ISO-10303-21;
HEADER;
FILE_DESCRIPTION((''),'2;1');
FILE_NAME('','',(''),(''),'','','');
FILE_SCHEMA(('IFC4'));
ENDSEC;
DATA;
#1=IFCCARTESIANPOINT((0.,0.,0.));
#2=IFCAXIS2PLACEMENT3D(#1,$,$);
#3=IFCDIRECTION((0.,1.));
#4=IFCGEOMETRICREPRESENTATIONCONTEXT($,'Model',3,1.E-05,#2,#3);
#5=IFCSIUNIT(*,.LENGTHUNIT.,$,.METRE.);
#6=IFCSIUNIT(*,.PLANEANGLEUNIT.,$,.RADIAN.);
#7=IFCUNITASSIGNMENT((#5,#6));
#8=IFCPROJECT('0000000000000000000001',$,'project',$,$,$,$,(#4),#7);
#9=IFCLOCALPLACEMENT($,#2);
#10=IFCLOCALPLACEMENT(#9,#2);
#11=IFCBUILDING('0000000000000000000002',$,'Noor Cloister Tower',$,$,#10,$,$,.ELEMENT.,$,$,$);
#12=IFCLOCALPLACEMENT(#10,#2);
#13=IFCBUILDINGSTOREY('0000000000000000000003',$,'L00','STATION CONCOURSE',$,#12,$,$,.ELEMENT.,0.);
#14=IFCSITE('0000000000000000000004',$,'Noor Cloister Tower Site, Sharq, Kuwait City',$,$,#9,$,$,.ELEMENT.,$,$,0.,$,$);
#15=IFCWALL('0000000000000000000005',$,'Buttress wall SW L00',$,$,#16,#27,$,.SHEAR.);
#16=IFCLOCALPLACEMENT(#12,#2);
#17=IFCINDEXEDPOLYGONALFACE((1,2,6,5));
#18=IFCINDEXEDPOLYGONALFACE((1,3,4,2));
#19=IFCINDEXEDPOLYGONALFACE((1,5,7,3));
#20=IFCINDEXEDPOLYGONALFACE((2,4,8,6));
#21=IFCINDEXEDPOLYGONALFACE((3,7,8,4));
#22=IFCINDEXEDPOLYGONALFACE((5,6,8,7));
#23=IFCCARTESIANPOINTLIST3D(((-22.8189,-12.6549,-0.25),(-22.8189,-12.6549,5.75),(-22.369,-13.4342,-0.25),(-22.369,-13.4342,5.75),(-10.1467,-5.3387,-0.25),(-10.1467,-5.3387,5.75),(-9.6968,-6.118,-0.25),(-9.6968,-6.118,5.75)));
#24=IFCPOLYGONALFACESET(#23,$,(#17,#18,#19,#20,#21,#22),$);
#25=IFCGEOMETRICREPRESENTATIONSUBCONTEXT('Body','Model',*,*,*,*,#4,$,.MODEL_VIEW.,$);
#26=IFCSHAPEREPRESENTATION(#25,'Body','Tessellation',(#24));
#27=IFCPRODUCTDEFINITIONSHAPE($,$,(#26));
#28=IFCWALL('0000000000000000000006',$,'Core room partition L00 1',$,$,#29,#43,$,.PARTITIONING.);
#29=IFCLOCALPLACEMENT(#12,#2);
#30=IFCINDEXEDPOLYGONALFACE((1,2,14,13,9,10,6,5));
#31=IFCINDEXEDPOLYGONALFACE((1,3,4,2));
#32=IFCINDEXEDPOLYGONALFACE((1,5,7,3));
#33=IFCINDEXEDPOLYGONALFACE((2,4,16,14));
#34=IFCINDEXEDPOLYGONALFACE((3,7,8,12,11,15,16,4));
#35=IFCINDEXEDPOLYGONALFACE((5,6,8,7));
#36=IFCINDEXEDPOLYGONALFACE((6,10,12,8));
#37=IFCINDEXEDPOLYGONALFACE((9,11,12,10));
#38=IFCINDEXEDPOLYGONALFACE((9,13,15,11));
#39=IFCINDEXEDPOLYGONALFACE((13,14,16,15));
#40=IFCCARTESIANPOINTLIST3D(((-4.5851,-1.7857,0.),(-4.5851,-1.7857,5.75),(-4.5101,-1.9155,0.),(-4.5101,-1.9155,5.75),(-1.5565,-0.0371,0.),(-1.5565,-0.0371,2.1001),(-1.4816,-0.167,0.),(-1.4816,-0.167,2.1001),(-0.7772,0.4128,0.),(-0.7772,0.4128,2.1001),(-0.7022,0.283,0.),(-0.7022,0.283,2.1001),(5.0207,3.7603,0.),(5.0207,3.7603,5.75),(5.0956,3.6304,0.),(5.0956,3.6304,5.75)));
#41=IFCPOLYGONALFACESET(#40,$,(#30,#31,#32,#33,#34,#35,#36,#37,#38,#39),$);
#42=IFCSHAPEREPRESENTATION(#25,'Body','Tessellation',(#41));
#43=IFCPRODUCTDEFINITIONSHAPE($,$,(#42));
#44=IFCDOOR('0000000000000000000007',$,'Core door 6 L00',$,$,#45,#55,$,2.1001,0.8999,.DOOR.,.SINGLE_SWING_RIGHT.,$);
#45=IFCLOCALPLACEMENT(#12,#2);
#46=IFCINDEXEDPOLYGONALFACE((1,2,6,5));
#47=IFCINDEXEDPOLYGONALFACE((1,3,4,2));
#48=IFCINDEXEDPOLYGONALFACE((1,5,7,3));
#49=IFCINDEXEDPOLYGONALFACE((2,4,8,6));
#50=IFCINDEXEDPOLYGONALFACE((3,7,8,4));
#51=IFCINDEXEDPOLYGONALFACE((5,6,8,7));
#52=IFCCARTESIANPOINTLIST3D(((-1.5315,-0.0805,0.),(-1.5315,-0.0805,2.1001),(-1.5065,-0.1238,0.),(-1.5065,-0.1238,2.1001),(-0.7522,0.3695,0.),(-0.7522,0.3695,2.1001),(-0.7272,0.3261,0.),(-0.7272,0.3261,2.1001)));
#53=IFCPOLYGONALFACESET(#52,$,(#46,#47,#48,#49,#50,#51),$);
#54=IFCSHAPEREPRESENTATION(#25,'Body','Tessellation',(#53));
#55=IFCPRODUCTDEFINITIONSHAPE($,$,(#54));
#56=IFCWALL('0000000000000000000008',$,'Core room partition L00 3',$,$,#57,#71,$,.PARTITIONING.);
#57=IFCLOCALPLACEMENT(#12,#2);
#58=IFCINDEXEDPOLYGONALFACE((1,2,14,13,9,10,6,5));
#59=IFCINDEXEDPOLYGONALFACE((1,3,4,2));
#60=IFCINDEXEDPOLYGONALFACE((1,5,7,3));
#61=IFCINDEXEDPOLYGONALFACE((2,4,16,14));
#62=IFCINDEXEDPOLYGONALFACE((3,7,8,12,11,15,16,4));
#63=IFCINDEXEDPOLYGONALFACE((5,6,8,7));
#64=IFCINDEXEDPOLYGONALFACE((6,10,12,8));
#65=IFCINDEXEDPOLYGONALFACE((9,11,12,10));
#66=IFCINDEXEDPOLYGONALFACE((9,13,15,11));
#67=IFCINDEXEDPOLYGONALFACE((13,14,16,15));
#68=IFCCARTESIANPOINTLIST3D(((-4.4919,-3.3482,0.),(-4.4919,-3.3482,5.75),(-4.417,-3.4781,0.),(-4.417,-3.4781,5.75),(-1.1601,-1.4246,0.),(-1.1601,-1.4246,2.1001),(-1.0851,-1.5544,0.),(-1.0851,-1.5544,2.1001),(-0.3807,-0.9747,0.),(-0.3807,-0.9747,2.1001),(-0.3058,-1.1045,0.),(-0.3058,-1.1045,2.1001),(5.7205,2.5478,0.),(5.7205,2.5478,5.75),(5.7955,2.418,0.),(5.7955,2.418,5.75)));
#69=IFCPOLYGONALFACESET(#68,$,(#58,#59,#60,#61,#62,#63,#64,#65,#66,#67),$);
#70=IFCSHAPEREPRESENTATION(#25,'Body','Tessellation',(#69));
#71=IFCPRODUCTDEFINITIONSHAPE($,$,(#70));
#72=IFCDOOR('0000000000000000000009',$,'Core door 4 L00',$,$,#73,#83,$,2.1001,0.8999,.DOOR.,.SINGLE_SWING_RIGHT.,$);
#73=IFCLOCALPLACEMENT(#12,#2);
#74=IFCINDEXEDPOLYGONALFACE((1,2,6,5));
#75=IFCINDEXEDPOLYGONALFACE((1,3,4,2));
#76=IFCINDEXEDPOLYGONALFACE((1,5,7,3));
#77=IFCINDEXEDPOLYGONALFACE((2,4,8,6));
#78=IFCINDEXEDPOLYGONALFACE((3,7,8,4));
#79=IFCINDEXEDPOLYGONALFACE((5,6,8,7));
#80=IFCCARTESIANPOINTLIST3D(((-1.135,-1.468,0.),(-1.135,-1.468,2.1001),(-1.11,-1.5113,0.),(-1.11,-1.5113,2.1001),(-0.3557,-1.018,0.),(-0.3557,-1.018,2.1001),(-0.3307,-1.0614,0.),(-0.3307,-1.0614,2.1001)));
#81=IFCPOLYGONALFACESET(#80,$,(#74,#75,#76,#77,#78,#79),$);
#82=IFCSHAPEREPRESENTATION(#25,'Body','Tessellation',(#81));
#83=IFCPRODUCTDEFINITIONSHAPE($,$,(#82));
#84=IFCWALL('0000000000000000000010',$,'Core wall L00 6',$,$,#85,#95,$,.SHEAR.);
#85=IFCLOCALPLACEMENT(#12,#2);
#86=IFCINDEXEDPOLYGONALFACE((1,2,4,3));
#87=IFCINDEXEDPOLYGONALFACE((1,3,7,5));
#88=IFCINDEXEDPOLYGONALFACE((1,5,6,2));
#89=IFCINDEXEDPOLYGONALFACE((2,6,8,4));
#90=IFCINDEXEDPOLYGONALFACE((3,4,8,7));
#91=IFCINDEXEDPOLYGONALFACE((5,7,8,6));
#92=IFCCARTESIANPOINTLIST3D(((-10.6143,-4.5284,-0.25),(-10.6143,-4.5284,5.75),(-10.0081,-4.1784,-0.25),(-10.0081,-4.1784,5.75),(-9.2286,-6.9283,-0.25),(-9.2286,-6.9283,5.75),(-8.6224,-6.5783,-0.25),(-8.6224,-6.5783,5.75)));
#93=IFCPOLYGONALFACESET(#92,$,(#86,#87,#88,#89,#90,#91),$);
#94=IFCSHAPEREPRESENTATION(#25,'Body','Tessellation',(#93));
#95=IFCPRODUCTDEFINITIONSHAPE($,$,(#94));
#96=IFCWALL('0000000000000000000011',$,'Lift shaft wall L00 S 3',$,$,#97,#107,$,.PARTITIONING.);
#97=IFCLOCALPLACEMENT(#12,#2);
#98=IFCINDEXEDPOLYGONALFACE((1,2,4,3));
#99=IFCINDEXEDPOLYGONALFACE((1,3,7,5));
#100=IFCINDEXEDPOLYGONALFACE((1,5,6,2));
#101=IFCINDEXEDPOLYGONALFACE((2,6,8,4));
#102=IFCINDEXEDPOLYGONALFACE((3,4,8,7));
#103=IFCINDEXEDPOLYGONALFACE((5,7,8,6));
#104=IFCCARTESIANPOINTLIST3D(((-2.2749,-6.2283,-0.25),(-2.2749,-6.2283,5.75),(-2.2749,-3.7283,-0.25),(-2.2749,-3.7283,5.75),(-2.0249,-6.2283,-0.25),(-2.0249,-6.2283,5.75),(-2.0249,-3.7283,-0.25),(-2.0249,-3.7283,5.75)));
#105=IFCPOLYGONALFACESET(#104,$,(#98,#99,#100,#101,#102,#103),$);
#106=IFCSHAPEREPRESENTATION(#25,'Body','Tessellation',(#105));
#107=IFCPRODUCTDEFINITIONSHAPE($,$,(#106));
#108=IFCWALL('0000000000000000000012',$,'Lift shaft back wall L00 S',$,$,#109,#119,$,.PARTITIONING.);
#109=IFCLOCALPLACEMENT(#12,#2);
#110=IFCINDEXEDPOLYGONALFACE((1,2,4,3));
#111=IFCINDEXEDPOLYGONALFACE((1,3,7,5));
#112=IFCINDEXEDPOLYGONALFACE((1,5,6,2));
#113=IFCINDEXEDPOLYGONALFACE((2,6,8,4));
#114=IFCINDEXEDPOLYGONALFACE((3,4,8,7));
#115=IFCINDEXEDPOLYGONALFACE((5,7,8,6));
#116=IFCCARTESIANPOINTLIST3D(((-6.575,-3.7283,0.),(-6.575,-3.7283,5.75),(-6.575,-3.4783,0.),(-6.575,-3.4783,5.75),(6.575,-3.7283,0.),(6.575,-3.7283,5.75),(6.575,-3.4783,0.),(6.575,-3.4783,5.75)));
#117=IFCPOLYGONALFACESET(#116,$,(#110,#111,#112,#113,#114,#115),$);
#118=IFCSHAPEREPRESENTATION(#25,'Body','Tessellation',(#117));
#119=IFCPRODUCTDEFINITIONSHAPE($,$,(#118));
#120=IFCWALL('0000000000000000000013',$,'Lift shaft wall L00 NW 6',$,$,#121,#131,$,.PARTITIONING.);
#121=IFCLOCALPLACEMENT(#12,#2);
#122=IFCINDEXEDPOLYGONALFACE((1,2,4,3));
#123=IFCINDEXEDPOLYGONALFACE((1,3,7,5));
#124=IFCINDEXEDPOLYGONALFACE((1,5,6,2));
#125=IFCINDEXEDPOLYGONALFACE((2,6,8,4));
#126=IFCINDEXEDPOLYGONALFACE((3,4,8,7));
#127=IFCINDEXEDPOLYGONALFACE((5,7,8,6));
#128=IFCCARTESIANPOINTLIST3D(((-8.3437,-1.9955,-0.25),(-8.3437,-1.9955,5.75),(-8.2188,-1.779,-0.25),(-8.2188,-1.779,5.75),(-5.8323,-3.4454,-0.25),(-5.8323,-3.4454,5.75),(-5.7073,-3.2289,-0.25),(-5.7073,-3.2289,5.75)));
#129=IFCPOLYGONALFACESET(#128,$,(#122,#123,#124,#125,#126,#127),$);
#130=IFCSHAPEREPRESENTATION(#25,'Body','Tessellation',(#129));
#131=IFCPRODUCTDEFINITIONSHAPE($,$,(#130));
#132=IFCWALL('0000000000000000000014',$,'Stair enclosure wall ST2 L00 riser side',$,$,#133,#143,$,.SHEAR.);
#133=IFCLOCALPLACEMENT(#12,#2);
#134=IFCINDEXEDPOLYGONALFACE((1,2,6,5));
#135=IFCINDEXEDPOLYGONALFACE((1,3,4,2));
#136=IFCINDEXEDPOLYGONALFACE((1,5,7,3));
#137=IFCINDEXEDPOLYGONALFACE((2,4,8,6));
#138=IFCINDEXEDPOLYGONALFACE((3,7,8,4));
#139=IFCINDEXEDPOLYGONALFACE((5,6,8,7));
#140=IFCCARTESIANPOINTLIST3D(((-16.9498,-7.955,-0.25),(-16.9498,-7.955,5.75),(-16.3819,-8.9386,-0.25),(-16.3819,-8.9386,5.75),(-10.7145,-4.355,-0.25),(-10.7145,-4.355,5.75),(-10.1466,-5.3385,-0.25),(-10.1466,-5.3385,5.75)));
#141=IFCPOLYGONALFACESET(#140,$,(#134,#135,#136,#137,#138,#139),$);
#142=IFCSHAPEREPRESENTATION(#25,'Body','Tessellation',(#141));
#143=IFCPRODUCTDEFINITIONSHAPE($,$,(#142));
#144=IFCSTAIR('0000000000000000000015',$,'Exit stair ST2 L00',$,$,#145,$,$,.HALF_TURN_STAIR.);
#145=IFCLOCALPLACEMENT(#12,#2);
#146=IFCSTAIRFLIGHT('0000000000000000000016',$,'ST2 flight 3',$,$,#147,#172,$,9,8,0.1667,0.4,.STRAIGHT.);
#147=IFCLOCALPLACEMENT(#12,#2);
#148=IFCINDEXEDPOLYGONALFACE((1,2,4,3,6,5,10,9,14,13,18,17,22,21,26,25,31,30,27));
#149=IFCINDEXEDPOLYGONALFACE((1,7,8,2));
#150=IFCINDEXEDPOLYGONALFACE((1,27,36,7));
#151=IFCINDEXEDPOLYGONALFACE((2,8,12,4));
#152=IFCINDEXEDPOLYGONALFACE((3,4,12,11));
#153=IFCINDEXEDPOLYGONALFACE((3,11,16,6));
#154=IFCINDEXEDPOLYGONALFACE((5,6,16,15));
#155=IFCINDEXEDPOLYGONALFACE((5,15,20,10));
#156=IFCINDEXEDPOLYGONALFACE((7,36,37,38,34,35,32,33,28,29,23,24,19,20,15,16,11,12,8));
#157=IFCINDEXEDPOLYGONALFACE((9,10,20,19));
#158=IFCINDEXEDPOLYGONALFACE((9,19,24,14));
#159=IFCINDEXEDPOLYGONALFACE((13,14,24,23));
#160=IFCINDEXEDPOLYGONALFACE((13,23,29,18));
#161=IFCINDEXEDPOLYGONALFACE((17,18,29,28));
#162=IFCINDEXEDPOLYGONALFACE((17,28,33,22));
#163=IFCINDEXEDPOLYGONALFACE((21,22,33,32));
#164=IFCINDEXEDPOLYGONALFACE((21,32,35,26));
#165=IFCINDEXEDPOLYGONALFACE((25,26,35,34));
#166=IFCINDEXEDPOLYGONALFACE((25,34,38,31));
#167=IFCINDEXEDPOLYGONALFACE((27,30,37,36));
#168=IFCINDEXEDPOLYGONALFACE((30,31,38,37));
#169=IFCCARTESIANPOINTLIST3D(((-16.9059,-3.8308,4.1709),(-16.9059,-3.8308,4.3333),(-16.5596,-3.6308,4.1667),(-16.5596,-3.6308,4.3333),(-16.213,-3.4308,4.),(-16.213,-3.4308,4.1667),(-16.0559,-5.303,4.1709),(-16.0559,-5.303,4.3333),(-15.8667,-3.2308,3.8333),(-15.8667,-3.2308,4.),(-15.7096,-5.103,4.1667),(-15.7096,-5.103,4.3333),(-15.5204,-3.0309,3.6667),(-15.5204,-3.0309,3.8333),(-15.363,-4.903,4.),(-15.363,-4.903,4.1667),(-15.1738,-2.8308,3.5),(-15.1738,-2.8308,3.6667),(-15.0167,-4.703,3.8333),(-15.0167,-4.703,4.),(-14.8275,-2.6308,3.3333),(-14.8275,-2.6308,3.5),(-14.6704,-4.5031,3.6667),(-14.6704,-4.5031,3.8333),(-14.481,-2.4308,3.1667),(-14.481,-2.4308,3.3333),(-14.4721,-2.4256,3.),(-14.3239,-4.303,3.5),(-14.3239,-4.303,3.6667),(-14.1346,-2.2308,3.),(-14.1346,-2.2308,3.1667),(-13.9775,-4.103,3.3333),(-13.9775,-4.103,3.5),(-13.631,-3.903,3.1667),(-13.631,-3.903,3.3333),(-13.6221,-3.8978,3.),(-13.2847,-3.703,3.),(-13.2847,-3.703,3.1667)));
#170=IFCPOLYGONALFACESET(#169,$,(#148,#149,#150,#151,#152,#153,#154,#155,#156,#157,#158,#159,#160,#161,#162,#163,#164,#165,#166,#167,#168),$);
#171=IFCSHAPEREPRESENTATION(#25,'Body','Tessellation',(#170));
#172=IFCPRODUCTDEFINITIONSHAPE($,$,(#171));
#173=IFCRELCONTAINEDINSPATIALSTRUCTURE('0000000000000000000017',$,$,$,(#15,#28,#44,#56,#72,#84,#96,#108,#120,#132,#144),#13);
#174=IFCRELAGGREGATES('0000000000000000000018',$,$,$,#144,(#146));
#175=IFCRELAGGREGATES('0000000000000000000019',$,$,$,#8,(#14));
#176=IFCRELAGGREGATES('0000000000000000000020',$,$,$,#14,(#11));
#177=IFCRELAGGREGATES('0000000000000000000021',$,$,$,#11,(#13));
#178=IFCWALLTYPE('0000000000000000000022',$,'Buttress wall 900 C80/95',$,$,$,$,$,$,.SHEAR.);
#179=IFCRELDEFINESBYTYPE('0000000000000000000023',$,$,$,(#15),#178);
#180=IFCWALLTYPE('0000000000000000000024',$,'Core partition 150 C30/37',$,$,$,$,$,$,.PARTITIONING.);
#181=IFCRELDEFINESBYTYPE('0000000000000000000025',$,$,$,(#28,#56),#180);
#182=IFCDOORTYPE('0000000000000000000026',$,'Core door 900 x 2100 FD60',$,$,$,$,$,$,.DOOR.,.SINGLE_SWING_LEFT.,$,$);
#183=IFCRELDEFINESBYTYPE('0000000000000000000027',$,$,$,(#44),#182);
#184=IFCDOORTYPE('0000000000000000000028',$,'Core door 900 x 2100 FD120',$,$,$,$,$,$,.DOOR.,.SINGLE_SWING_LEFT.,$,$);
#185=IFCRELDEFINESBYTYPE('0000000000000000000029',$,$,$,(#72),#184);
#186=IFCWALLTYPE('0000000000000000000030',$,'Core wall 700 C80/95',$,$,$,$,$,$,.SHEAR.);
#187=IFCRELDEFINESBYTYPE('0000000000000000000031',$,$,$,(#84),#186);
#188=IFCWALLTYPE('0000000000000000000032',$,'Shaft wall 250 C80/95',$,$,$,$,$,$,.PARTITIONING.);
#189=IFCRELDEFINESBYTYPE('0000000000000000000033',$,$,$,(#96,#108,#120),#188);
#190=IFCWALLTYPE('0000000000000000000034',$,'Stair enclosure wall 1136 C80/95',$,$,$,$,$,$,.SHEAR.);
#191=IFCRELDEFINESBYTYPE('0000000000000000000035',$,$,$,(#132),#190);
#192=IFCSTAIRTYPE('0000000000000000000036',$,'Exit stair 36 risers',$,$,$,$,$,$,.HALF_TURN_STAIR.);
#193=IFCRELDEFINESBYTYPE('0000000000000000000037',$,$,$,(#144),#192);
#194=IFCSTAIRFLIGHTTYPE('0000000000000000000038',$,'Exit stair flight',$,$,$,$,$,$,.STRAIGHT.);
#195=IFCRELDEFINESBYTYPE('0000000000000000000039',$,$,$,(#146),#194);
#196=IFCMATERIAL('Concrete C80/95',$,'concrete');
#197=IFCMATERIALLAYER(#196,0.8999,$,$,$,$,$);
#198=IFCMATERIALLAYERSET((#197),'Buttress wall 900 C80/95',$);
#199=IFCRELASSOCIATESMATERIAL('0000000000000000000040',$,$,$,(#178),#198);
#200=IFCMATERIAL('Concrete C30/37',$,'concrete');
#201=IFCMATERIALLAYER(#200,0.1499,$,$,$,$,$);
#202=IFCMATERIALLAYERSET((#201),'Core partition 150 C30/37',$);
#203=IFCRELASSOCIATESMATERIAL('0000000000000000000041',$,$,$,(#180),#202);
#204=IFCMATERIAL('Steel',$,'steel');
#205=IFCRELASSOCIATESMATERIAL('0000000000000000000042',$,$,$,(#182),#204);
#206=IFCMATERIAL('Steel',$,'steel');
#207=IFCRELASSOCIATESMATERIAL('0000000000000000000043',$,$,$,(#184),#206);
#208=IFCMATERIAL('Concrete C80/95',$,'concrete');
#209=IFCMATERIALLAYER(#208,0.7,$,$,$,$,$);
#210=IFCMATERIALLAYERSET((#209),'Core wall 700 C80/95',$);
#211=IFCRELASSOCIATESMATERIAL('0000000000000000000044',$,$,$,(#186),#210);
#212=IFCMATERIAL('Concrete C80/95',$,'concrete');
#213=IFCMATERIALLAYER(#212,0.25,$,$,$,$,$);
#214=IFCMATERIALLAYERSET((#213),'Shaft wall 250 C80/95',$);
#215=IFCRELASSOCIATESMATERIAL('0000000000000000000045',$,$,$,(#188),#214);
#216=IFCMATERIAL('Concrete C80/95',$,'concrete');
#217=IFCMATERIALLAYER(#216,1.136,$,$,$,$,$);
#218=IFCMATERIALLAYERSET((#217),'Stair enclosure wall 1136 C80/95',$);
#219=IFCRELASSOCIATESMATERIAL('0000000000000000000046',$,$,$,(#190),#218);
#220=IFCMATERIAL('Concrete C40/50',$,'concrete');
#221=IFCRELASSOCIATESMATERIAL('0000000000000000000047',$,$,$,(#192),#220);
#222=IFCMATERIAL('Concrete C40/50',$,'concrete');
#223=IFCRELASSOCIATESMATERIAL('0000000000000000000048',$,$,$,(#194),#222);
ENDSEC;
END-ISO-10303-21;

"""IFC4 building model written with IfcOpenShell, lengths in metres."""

from ifc_helpers import new_model, si_unit, direction, frame, frame_2d, origin, place, context, subcontext, project, spatial, polyline, rectangle, outline, extrude, material, layer, layer_set, type_object, element, fill, aggregate, save


model = new_model("IFC4")

# Units and contexts
model_context = context("Model", 3, precision=1e-05, world=origin(), true_north=direction((0.0, 1.0)))
body_context = subcontext(model_context, "Body", "Model", "MODEL_VIEW")
ifc_project = project(units=[si_unit("LENGTHUNIT", "METRE"), si_unit("PLANEANGLEUNIT", "RADIAN")], contexts=[model_context])

# Site, building, storey
site_placement = place(None, origin())
site = spatial("IfcSite", under=ifc_project, at=site_placement, Name="Noor Cloister Tower Site, Sharq, Kuwait City", CompositionType="ELEMENT", RefElevation=0.0)
building_placement = place(site_placement, origin())
building = spatial("IfcBuilding", under=site, at=building_placement, Name="Noor Cloister Tower", CompositionType="ELEMENT")
storey_placement = place(building_placement, origin())
storey = spatial("IfcBuildingStorey", under=building, at=storey_placement, Name="L00", Description="STATION CONCOURSE", CompositionType="ELEMENT", Elevation=0.0)

# Wall
ifc_material_1 = material(Name="Concrete C80/95", Category="concrete")
ifc_layer_1 = layer(ifc_material_1, 0.8999)
ifc_layer_set_1 = layer_set([ifc_layer_1], Name="Buttress wall 900 C80/95")
wall_type_1 = type_object("IfcWallType", Name="Buttress wall 900 C80/95", PredefinedType="SHEAR", material=ifc_layer_set_1)
wall_1_placement = place(storey_placement, frame((-9.9216, -5.7283, -0.25), z_axis=(0.0, 0.0, 1.0), x_axis=(-0.866028, -0.499995, 0.0)))
element("IfcWall", 1, at=wall_1_placement, inside=storey, type_object=wall_type_1, Name="Buttress wall SW L00", PredefinedType="SHEAR", context=body_context, shape_type="SweptSolid", body=[
    extrude(rectangle(XDim=14.6326, YDim=0.8999, at=frame_2d((7.3164, 0.0))), origin(), (0.0, 0.0, 1.0), 6.0),
])

# Walls, openings, doors
ifc_material_2 = material(Name="Concrete C30/37", Category="concrete")
ifc_layer_2 = layer(ifc_material_2, 0.1499)
ifc_layer_set_2 = layer_set([ifc_layer_2], Name="Core partition 150 C30/37")
wall_type_2 = type_object("IfcWallType", Name="Core partition 150 C30/37", PredefinedType="PARTITIONING", material=ifc_layer_set_2)
wall_2_placement = place(storey_placement, frame((-4.5476, -1.8506, 0.0), z_axis=(0.0, 0.0, 1.0), x_axis=(0.866024, 0.500003, 0.0)))
wall_2 = element("IfcWall", 2, at=wall_2_placement, inside=storey, type_object=wall_type_2, Name="Core room partition L00 1", PredefinedType="PARTITIONING", context=body_context, shape_type="SweptSolid", body=[
    extrude(rectangle(XDim=11.0918, YDim=0.1499, at=frame_2d((5.5459, 0.0))), origin(), (0.0, 0.0, 1.0), 5.75),
])
opening_1_placement = place(wall_2_placement, frame((3.4971, 0.0, 0.0)))
opening_1 = element("IfcOpeningElement", 3, at=opening_1_placement, cuts=wall_2, PredefinedType="OPENING", context=body_context, shape_type="SweptSolid", body=[
    extrude(rectangle(XDim=0.8999, YDim=2.1001, at=frame_2d((0.45, 1.05))), frame((0.0, 0.085, 0.0), z_axis=(0.0, -1.0, 0.0), x_axis=(1.0, 0.0, 0.0)), (0.0, 0.0, 1.0), 0.1699),
])
ifc_material_3 = material(Name="Steel", Category="steel")
door_type_1 = type_object("IfcDoorType", Name="Core door 900 x 2100 FD60", OperationType="SINGLE_SWING_LEFT", PredefinedType="DOOR", material=ifc_material_3)
door_1_placement = place(opening_1_placement, origin())
door_1 = element("IfcDoor", 4, at=door_1_placement, inside=storey, type_object=door_type_1, Name="Core door 6 L00", OperationType="SINGLE_SWING_RIGHT", OverallHeight=2.1001, OverallWidth=0.8999, PredefinedType="DOOR", context=body_context, shape_type="SweptSolid", body=[
    extrude(rectangle(XDim=0.8999, YDim=2.1001, at=frame_2d((0.45, 1.05))), frame((0.0, 0.0249, 0.0), z_axis=(0.0, -1.0, 0.0), x_axis=(1.0, 0.0, 0.0)), (0.0, 0.0, 1.0), 0.05),
])
fill(opening_1, door_1)
wall_3_placement = place(storey_placement, frame((-4.4543, -3.4131, 0.0), z_axis=(0.0, 0.0, 1.0), x_axis=(0.86603, 0.499991, 0.0)))
wall_3 = element("IfcWall", 5, at=wall_3_placement, inside=storey, type_object=wall_type_2, Name="Core room partition L00 3", PredefinedType="PARTITIONING", context=body_context, shape_type="SweptSolid", body=[
    extrude(rectangle(XDim=11.7922, YDim=0.1499, at=frame_2d((5.896, 0.0))), origin(), (0.0, 0.0, 1.0), 5.75),
])
opening_2_placement = place(wall_3_placement, frame((3.8472, 0.0, 0.0)))
opening_2 = element("IfcOpeningElement", 6, at=opening_2_placement, cuts=wall_3, PredefinedType="OPENING", context=body_context, shape_type="SweptSolid", body=[
    extrude(rectangle(XDim=0.8999, YDim=2.1001, at=frame_2d((0.45, 1.05))), frame((0.0, 0.085, 0.0), z_axis=(0.0, -1.0, 0.0), x_axis=(1.0, 0.0, 0.0)), (0.0, 0.0, 1.0), 0.1699),
])
ifc_material_4 = material(Name="Steel", Category="steel")
door_type_2 = type_object("IfcDoorType", Name="Core door 900 x 2100 FD120", OperationType="SINGLE_SWING_LEFT", PredefinedType="DOOR", material=ifc_material_4)
door_2_placement = place(opening_2_placement, origin())
door_2 = element("IfcDoor", 7, at=door_2_placement, inside=storey, type_object=door_type_2, Name="Core door 4 L00", OperationType="SINGLE_SWING_RIGHT", OverallHeight=2.1001, OverallWidth=0.8999, PredefinedType="DOOR", context=body_context, shape_type="SweptSolid", body=[
    extrude(rectangle(XDim=0.8999, YDim=2.1001, at=frame_2d((0.45, 1.05))), frame((0.0, 0.0249, 0.0), z_axis=(0.0, -1.0, 0.0), x_axis=(1.0, 0.0, 0.0)), (0.0, 0.0, 1.0), 0.05),
])
fill(opening_2, door_2)

# Walls
ifc_material_5 = material(Name="Concrete C80/95", Category="concrete")
ifc_layer_3 = layer(ifc_material_5, 0.7)
ifc_layer_set_3 = layer_set([ifc_layer_3], Name="Core wall 700 C80/95")
wall_type_3 = type_object("IfcWallType", Name="Core wall 700 C80/95", PredefinedType="SHEAR", material=ifc_layer_set_3)
wall_4_placement = place(storey_placement, frame((-10.3113, -4.3533, -0.25), z_axis=(0.0, 0.0, 1.0), x_axis=(0.500043, -0.866001, 0.0)))
element("IfcWall", 8, at=wall_4_placement, inside=storey, type_object=wall_type_3, Name="Core wall L00 6", PredefinedType="SHEAR", context=body_context, shape_type="SweptSolid", body=[
    extrude(rectangle(XDim=2.7712, YDim=0.7, at=frame_2d((1.3857, 0.0))), origin(), (0.0, 0.0, 1.0), 6.0),
])
ifc_material_6 = material(Name="Concrete C80/95", Category="concrete")
ifc_layer_4 = layer(ifc_material_6, 0.25)
ifc_layer_set_4 = layer_set([ifc_layer_4], Name="Shaft wall 250 C80/95")
wall_type_4 = type_object("IfcWallType", Name="Shaft wall 250 C80/95", PredefinedType="PARTITIONING", material=ifc_layer_set_4)
wall_5_placement = place(storey_placement, frame((-2.1499, -6.2283, -0.25), z_axis=(0.0, 0.0, 1.0), x_axis=(0.0, 1.0, 0.0)))
element("IfcWall", 9, at=wall_5_placement, inside=storey, type_object=wall_type_4, Name="Lift shaft wall L00 S 3", PredefinedType="PARTITIONING", context=body_context, shape_type="SweptSolid", body=[
    extrude(rectangle(XDim=2.5, YDim=0.25, at=frame_2d((1.25, 0.0))), origin(), (0.0, 0.0, 1.0), 6.0),
])
wall_6_placement = place(storey_placement, frame((-6.575, -3.6033, 0.0), z_axis=(0.0, 0.0, 1.0), x_axis=(1.0, 0.0, 0.0)))
element("IfcWall", 10, at=wall_6_placement, inside=storey, type_object=wall_type_4, Name="Lift shaft back wall L00 S", PredefinedType="PARTITIONING", context=body_context, shape_type="SweptSolid", body=[
    extrude(rectangle(XDim=13.1499, YDim=0.25, at=frame_2d((6.575, 0.0))), origin(), (0.0, 0.0, 1.0), 5.75),
])
wall_7_placement = place(storey_placement, frame((-8.2812, -1.8872, -0.25), z_axis=(0.0, 0.0, 1.0), x_axis=(0.866033, -0.499987, 0.0)))
element("IfcWall", 11, at=wall_7_placement, inside=storey, type_object=wall_type_4, Name="Lift shaft wall L00 NW 6", PredefinedType="PARTITIONING", context=body_context, shape_type="SweptSolid", body=[
    extrude(rectangle(XDim=2.8999, YDim=0.25, at=frame_2d((1.45, 0.0))), origin(), (0.0, 0.0, 1.0), 6.0),
])
ifc_material_7 = material(Name="Concrete C80/95", Category="concrete")
ifc_layer_5 = layer(ifc_material_7, 1.136)
ifc_layer_set_5 = layer_set([ifc_layer_5], Name="Stair enclosure wall 1136 C80/95")
wall_type_5 = type_object("IfcWallType", Name="Stair enclosure wall 1136 C80/95", PredefinedType="SHEAR", material=ifc_layer_set_5)
wall_8_placement = place(storey_placement, frame((-10.4304, -4.8467, -0.25), z_axis=(0.0, 0.0, 1.0), x_axis=(-0.866018, -0.500012, 0.0)))
element("IfcWall", 12, at=wall_8_placement, inside=storey, type_object=wall_type_5, Name="Stair enclosure wall ST2 L00 riser side", PredefinedType="SHEAR", context=body_context, shape_type="SweptSolid", body=[
    extrude(rectangle(XDim=7.2, YDim=1.1357, at=frame_2d((3.6001, 0.0))), origin(), (0.0, 0.0, 1.0), 6.0),
])

# Stair, stair flight
ifc_material_8 = material(Name="Concrete C40/50", Category="concrete")
stair_type = type_object("IfcStairType", Name="Exit stair 36 risers", PredefinedType="HALF_TURN_STAIR", material=ifc_material_8)
stair_placement = place(storey_placement, origin())
stair = element("IfcStair", 13, at=stair_placement, inside=storey, type_object=stair_type, Name="Exit stair ST2 L00", PredefinedType="HALF_TURN_STAIR")
ifc_material_9 = material(Name="Concrete C40/50", Category="concrete")
stair_flight_type = type_object("IfcStairFlightType", Name="Exit stair flight", PredefinedType="STRAIGHT", material=ifc_material_9)
stair_flight_placement = place(storey_placement, frame((-13.7097, -2.9668, 3.0), z_axis=(0.0, 0.0, 1.0), x_axis=(-0.866025, -0.5, 0.0)))
stair_flight = element("IfcStairFlight", 14, at=stair_flight_placement, type_object=stair_flight_type, Name="ST2 flight 3", NumberOfRisers=9, NumberOfTreads=8, PredefinedType="STRAIGHT", RiserHeight=0.1667, TreadLength=0.4, context=body_context, shape_type="SweptSolid", body=[
    extrude(outline(polyline([(0.0, 0.0), (0.0, 0.1667), (0.3999, 0.1667), (0.3999, 0.3333), (0.8, 0.3333), (0.8, 0.5), (1.2, 0.5), (1.2, 0.6667), (1.6001, 0.6667), (1.6001, 0.8333), (2.0, 0.8333), (2.0, 1.0), (2.3999, 1.0), (2.3999, 1.1667), (2.8, 1.1667), (2.8, 1.3333), (3.2, 1.3333), (3.2, 1.5), (3.2, 1.1709), (0.3896, 0.0), (0.0, 0.0)])), frame((0.0, 0.8501, 0.0), z_axis=(0.0, -1.0, 0.0), x_axis=(1.0, 0.0, 0.0)), (0.0, 0.0, 1.0), 1.7),
])
aggregate(stair, [stair_flight])

save(model, "model.ifc")
